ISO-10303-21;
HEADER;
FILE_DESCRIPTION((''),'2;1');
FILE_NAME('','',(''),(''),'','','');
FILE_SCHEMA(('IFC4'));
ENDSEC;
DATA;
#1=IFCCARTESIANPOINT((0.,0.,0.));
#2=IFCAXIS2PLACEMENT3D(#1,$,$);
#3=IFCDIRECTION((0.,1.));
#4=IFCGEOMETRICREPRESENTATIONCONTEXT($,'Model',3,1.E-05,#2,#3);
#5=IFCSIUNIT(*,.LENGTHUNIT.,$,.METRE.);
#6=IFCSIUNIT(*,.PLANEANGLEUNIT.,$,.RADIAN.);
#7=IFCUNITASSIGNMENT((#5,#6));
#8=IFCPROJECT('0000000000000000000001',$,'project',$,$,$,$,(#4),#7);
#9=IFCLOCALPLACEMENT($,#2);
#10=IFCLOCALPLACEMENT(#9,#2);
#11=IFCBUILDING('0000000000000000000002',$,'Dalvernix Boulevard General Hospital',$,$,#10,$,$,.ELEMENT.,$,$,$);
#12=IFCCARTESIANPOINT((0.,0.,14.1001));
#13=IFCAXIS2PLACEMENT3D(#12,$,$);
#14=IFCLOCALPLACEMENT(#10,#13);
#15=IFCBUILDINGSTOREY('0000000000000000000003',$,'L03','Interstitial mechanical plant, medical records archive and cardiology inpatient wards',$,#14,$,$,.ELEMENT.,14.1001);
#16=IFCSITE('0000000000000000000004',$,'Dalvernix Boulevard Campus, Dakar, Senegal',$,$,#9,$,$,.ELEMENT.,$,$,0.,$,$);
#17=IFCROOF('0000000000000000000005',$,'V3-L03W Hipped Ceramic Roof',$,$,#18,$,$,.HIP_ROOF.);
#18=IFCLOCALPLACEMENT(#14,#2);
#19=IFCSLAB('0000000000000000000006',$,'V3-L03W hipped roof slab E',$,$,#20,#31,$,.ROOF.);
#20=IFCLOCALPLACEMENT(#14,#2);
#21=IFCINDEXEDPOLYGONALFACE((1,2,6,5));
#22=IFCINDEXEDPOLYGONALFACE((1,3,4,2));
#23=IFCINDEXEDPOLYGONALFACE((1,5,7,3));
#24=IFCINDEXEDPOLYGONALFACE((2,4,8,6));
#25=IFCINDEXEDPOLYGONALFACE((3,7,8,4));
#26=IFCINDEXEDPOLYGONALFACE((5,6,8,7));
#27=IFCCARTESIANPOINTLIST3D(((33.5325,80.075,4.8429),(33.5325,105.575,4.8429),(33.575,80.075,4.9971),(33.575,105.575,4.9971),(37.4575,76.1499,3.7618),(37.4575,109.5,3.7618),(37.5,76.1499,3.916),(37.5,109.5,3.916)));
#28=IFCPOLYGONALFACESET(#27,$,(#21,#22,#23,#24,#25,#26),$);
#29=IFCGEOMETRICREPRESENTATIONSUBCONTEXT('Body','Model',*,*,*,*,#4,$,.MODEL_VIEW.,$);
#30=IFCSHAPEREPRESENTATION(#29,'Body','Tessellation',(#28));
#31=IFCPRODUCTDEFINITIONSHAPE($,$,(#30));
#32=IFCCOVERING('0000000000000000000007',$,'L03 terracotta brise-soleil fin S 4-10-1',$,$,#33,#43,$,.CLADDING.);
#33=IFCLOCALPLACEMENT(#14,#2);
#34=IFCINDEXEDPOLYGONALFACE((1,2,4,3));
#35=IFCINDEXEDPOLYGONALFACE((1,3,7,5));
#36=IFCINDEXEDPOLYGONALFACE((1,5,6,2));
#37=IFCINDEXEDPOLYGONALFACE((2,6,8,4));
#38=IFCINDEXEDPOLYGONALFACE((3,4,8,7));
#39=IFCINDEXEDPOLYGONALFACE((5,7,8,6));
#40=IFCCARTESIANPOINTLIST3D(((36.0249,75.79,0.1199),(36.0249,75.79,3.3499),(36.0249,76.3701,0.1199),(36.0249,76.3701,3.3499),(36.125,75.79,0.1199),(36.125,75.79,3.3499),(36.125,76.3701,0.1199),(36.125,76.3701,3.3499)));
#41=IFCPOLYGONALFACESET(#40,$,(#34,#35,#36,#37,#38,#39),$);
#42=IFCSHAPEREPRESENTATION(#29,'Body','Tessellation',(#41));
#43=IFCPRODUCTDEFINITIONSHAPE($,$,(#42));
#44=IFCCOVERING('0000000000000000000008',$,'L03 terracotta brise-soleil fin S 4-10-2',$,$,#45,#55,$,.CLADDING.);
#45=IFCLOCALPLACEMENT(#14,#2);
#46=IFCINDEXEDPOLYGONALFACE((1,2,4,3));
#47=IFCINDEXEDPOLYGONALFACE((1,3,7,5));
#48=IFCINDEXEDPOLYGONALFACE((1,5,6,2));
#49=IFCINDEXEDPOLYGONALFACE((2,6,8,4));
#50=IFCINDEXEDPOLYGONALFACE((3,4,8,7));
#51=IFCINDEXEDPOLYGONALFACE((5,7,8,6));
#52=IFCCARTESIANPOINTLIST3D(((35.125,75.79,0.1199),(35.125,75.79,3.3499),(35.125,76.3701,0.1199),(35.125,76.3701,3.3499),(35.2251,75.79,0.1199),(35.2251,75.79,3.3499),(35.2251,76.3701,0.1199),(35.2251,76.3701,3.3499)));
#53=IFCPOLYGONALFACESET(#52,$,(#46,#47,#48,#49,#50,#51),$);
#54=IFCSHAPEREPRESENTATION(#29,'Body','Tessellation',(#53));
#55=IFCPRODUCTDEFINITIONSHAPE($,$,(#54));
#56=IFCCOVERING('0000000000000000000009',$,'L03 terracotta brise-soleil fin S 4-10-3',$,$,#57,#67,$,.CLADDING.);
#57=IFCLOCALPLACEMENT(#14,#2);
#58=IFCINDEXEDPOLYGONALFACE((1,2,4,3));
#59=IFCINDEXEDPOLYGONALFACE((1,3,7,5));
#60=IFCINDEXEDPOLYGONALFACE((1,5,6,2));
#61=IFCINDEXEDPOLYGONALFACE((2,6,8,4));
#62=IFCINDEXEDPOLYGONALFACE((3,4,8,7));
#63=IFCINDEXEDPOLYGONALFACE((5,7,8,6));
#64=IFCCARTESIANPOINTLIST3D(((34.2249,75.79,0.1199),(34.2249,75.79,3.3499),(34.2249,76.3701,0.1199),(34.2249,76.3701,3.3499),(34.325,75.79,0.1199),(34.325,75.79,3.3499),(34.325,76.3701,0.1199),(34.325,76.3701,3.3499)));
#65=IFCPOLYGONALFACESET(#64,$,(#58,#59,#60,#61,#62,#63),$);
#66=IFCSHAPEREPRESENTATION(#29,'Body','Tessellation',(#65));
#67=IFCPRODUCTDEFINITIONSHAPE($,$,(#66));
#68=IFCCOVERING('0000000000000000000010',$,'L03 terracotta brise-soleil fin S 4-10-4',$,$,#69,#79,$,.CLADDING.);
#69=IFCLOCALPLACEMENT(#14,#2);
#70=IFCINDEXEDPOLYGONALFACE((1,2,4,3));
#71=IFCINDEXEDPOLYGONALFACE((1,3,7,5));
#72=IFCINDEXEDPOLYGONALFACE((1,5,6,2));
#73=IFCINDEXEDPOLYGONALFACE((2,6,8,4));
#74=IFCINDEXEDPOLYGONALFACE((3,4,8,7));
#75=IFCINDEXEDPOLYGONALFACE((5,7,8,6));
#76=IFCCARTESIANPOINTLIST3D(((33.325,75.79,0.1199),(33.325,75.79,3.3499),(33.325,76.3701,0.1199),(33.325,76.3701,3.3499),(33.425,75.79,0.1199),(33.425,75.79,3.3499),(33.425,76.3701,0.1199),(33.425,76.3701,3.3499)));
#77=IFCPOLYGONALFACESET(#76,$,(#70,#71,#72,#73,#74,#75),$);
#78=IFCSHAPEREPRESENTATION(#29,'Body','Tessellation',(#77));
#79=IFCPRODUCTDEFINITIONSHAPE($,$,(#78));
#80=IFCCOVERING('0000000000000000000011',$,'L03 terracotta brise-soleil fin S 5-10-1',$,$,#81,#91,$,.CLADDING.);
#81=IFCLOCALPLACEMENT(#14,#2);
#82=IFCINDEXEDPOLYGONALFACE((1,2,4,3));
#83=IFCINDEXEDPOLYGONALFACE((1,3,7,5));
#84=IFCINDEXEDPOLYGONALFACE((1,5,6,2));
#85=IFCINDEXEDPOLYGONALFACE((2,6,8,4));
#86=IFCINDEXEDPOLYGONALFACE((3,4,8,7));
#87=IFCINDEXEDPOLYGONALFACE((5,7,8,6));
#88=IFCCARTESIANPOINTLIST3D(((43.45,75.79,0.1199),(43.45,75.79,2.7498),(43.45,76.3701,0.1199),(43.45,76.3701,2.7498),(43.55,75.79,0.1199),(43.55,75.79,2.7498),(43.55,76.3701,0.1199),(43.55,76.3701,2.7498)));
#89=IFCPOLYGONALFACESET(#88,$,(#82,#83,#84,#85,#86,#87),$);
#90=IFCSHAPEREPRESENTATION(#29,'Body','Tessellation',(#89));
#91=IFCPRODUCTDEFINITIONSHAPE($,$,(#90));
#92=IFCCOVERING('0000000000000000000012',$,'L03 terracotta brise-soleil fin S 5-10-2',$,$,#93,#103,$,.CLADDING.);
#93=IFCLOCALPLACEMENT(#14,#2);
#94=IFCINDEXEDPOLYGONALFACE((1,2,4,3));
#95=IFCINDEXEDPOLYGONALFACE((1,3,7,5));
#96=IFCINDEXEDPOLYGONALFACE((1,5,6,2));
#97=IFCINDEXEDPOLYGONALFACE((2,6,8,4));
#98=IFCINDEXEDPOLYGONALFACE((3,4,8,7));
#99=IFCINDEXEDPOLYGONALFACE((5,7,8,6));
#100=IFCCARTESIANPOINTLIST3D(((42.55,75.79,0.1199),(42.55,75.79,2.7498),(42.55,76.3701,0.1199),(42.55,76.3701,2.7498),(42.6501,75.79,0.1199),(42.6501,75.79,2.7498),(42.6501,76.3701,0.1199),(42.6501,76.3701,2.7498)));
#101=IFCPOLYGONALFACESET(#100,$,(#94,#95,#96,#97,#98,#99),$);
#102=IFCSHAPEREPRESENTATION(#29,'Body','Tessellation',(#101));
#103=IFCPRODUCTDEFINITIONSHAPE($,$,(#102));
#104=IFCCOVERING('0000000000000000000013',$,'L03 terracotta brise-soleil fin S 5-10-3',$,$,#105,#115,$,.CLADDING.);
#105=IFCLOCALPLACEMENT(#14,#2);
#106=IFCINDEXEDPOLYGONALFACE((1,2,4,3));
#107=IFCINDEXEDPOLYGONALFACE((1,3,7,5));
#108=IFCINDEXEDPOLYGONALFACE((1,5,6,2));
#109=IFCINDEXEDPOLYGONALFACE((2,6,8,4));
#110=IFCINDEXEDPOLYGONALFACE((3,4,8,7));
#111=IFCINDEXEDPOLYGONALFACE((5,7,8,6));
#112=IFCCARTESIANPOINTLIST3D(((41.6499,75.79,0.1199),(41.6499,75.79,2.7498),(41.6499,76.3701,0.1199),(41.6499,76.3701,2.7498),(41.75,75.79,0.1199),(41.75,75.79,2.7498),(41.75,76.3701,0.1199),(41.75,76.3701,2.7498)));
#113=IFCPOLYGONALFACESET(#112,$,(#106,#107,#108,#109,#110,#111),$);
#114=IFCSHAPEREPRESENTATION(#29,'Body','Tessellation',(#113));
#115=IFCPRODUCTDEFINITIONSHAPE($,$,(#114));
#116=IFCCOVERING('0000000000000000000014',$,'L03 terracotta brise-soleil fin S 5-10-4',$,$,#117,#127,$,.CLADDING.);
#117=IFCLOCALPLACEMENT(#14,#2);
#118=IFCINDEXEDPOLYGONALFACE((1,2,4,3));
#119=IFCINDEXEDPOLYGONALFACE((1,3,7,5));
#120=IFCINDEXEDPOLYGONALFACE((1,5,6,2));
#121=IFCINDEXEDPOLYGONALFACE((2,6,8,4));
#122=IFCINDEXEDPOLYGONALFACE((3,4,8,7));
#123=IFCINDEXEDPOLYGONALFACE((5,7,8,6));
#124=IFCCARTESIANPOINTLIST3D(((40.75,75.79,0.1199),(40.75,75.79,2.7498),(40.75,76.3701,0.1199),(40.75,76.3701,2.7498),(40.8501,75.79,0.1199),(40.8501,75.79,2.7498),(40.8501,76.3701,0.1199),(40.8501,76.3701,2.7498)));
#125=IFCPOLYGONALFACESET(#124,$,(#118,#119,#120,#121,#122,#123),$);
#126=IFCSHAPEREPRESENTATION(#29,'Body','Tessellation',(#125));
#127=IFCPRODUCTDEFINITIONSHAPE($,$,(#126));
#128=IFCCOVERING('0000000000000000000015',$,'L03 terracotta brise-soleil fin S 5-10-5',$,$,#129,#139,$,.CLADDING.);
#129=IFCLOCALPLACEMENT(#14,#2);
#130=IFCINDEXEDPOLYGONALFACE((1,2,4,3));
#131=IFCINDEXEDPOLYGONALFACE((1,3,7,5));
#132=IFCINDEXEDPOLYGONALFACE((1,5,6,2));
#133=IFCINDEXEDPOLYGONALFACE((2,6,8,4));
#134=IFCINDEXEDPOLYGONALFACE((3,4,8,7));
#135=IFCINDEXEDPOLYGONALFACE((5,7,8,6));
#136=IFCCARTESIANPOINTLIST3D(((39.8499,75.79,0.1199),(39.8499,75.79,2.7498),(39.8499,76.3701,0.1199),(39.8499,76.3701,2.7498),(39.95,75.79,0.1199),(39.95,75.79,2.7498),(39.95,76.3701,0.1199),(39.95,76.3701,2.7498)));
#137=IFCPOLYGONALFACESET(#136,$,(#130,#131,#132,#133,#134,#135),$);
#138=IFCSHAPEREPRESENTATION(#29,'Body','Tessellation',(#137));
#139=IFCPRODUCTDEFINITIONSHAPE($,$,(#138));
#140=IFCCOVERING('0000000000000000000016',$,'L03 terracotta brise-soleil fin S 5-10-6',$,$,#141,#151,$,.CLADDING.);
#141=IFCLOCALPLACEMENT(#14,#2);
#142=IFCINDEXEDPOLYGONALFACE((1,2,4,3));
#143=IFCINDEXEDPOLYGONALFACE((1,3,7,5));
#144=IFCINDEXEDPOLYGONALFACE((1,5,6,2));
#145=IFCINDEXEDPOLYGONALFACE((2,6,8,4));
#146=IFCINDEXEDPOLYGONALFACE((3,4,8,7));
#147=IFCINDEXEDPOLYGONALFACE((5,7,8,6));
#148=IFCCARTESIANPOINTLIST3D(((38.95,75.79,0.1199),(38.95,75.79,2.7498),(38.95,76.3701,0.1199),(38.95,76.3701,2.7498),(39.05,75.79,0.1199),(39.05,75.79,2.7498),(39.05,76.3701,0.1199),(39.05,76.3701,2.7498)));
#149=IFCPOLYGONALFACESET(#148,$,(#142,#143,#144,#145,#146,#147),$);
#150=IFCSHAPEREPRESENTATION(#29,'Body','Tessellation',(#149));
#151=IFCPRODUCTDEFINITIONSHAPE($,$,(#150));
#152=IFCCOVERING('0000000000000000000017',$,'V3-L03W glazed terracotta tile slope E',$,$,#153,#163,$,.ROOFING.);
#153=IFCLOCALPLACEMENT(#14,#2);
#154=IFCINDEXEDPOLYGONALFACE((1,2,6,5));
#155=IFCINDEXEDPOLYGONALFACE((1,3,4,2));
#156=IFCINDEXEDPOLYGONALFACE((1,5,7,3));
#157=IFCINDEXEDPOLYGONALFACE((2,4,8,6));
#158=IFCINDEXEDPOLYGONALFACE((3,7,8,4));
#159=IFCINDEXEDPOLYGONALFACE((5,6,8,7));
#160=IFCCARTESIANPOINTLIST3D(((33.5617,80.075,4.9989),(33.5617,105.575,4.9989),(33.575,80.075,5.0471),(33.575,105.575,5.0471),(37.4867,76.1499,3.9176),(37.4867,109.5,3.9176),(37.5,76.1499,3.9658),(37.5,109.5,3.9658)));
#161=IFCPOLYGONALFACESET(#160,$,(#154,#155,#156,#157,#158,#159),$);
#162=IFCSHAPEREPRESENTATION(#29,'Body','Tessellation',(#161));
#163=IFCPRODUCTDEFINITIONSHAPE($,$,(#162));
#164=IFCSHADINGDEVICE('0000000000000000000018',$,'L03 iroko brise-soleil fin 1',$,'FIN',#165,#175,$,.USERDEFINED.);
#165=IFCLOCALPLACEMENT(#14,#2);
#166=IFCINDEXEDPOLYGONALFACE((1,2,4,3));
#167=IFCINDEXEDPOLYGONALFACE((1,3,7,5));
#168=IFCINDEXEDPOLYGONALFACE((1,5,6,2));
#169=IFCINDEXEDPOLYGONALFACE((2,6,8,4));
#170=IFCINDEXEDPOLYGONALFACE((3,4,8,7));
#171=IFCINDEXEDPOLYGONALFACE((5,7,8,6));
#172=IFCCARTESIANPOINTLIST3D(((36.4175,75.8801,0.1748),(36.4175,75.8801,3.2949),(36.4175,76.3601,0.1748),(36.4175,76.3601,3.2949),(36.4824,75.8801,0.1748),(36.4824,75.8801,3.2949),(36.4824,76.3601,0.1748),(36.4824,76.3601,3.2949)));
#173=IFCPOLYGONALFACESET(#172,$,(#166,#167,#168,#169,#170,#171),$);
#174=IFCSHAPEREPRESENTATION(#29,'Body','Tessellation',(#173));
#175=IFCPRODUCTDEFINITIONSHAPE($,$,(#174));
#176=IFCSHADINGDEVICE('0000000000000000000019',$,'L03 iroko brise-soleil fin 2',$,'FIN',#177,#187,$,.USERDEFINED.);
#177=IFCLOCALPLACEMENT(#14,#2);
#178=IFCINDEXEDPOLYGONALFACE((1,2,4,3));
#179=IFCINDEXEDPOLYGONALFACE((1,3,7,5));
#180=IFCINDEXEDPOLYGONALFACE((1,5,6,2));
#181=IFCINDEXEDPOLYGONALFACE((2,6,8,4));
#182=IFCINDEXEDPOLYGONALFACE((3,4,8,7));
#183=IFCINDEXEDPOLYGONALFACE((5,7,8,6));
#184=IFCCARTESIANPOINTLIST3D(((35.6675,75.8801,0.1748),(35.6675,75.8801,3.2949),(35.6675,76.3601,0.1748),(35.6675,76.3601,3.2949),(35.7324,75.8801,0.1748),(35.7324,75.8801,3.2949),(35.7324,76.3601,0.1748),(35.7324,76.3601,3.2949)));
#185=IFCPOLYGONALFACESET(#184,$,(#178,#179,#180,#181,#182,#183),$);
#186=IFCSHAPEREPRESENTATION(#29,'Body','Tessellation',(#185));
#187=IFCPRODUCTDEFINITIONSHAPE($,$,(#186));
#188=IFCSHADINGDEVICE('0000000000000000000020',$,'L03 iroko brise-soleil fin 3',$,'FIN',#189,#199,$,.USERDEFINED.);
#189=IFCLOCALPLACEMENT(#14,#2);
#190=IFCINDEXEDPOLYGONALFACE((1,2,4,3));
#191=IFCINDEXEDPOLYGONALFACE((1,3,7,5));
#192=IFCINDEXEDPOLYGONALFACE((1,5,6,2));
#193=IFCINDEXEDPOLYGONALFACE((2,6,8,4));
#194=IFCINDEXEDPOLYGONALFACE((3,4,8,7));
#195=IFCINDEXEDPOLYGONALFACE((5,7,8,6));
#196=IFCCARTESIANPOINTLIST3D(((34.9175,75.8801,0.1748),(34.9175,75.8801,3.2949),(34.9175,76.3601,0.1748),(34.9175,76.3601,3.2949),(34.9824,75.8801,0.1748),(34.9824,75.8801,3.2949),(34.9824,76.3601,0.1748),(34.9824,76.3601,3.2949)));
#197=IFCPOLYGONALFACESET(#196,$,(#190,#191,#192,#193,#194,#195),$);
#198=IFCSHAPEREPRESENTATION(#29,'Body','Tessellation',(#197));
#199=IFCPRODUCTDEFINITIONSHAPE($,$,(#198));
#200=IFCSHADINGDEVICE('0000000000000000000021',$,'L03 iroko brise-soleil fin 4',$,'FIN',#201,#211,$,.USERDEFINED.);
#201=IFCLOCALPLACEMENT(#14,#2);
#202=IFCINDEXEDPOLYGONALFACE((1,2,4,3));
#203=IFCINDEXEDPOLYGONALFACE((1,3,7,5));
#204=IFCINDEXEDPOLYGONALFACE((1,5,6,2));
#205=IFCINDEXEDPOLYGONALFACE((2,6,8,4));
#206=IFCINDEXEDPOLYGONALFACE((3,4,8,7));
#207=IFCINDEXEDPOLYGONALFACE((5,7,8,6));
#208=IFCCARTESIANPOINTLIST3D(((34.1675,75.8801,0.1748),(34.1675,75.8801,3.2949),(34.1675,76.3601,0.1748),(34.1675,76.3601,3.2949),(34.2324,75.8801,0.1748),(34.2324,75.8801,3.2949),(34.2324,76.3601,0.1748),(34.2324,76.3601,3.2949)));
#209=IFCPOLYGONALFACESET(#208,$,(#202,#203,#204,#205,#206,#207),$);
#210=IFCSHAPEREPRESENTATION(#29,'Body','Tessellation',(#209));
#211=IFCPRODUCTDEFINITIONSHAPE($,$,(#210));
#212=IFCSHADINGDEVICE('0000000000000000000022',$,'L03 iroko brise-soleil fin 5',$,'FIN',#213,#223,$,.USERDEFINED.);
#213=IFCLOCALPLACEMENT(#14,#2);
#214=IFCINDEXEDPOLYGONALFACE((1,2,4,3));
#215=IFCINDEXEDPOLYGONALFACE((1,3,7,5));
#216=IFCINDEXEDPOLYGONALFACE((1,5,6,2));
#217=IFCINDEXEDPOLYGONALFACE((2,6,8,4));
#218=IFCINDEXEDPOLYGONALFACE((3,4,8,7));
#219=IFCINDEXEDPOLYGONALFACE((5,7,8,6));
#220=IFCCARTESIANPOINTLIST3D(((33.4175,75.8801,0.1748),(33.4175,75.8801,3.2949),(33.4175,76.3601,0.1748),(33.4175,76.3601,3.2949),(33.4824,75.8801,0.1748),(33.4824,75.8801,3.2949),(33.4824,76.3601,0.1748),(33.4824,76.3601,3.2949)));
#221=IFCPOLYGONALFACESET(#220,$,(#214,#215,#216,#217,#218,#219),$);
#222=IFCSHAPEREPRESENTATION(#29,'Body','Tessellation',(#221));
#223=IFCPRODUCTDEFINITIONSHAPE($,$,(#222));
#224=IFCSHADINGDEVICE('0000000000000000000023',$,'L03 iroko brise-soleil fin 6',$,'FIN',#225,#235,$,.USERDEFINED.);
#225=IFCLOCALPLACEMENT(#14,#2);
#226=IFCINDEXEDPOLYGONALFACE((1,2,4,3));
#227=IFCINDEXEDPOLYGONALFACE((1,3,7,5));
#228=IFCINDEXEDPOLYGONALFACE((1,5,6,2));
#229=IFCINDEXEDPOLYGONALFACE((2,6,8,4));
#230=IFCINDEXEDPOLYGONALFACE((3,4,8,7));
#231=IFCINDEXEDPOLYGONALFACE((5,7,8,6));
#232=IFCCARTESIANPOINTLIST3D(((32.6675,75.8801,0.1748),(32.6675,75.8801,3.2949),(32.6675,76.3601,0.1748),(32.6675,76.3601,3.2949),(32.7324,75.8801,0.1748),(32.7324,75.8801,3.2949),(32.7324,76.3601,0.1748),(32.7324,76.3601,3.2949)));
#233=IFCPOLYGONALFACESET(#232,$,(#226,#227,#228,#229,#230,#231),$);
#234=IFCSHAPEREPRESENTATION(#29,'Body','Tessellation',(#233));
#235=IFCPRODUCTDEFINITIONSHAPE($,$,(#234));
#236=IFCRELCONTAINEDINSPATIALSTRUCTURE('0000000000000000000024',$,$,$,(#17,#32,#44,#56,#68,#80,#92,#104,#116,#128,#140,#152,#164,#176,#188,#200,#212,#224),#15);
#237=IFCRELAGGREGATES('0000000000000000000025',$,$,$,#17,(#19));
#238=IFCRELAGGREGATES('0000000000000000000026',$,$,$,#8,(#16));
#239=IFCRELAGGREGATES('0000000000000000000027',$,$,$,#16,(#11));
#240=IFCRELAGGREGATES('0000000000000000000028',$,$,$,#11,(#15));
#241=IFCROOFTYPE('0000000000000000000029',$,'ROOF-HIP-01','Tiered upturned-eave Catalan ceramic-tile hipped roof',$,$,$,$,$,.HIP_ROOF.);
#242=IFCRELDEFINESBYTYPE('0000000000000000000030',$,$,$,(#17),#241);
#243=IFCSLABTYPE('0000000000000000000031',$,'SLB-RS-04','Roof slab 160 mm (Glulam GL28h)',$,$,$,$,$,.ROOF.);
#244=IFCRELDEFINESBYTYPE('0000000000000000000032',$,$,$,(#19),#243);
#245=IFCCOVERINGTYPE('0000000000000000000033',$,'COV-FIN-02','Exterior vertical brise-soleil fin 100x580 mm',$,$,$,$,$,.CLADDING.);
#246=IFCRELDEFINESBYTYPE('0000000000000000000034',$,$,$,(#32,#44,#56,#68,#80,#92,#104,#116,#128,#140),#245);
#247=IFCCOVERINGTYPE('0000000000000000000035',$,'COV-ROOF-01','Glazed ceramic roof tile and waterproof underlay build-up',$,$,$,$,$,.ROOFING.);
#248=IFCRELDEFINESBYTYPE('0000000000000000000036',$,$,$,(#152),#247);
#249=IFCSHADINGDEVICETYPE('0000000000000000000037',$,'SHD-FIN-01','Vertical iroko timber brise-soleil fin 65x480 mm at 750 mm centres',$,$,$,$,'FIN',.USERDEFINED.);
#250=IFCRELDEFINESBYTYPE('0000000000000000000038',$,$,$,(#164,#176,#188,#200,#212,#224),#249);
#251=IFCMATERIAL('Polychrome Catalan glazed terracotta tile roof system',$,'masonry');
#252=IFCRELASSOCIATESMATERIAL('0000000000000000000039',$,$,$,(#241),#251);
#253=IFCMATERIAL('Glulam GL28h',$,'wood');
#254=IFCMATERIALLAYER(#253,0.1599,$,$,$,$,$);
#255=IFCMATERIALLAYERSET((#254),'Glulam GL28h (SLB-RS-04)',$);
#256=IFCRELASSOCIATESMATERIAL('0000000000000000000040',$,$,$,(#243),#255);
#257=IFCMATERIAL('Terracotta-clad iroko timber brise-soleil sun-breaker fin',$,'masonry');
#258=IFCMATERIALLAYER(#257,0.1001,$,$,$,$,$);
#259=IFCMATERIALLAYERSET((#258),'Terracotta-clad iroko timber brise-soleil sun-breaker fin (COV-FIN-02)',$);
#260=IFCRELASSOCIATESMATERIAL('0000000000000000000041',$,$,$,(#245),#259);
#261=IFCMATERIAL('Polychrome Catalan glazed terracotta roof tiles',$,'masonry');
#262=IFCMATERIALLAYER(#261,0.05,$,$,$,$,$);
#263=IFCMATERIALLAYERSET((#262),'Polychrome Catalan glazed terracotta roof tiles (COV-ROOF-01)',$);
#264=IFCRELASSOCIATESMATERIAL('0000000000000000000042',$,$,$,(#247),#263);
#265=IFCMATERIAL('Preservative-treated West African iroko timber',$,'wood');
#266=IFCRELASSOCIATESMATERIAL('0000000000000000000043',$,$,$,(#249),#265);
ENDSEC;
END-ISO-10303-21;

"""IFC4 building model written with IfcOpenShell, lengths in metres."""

from ifc_helpers import new_model, si_unit, direction, frame, origin, origin_2d, place, context, subcontext, project, spatial, polyline, rectangle, outline, extrude, material, layer, layer_set, type_object, element, aggregate, save


model = new_model("IFC4")

# Units and contexts
model_context = context("Model", 3, precision=1e-05, world=origin(), true_north=direction((0.0, 1.0)))
body_context = subcontext(model_context, "Body", "Model", "MODEL_VIEW")
ifc_project = project(units=[si_unit("LENGTHUNIT", "METRE"), si_unit("PLANEANGLEUNIT", "RADIAN")], contexts=[model_context])

# Site, building, storey
site_placement = place(None, origin())
site = spatial("IfcSite", under=ifc_project, at=site_placement, Name="Dalvernix Boulevard Campus, Dakar, Senegal", CompositionType="ELEMENT", RefElevation=0.0)
building_placement = place(site_placement, origin())
building = spatial("IfcBuilding", under=site, at=building_placement, Name="Dalvernix Boulevard General Hospital", CompositionType="ELEMENT")
storey_placement = place(building_placement, frame((0.0, 0.0, 14.1001)))
storey = spatial("IfcBuildingStorey", under=building, at=storey_placement, Name="L03", Description="Interstitial mechanical plant, medical records archive and cardiology inpatient wards", CompositionType="ELEMENT", Elevation=14.1001)

# Roof, slab
ifc_material_1 = material(Name="Polychrome Catalan glazed terracotta tile roof system", Category="masonry")
roof_type = type_object("IfcRoofType", Name="ROOF-HIP-01", Description="Tiered upturned-eave Catalan ceramic-tile hipped roof", PredefinedType="HIP_ROOF", material=ifc_material_1)
roof_placement = place(storey_placement, origin())
roof = element("IfcRoof", 1, at=roof_placement, inside=storey, type_object=roof_type, Name="V3-L03W Hipped Ceramic Roof", PredefinedType="HIP_ROOF")
ifc_material_2 = material(Name="Glulam GL28h", Category="wood")
ifc_layer_1 = layer(ifc_material_2, 0.1599)
ifc_layer_set_1 = layer_set([ifc_layer_1], Name="Glulam GL28h (SLB-RS-04)")
slab_type = type_object("IfcSlabType", Name="SLB-RS-04", Description="Roof slab 160 mm (Glulam GL28h)", PredefinedType="ROOF", material=ifc_layer_set_1)
slab_placement = place(storey_placement, frame((37.5, 76.1499, 3.916), z_axis=(0.265537, 0.0, 0.964101), x_axis=(0.0, 1.0, 0.0)))
slab = element("IfcSlab", 2, at=slab_placement, type_object=slab_type, Name="V3-L03W hipped roof slab E", PredefinedType="ROOF", context=body_context, shape_type="SweptSolid", body=[
    extrude(outline(polyline([(0.0, 0.0), (33.3501, 0.0), (29.425, 4.0712), (3.925, 4.0712), (0.0, 0.0)])), origin(), (0.0, 0.0, -1.0), 0.1599),
])
aggregate(roof, [slab])

# Coverings
ifc_material_3 = material(Name="Terracotta-clad iroko timber brise-soleil sun-breaker fin", Category="masonry")
ifc_layer_2 = layer(ifc_material_3, 0.1001)
ifc_layer_set_2 = layer_set([ifc_layer_2], Name="Terracotta-clad iroko timber brise-soleil sun-breaker fin (COV-FIN-02)")
covering_type_1 = type_object("IfcCoveringType", Name="COV-FIN-02", Description="Exterior vertical brise-soleil fin 100x580 mm", PredefinedType="CLADDING", material=ifc_layer_set_2)
for number, where, z_axis, x_axis, name in (
    (3, (36.075, 76.0801, 0.1199), (0.0, 0.0, 1.0), (-1.0, 0.0, 0.0), "L03 terracotta brise-soleil fin S 4-10-1"),
    (4, (35.175, 76.0801, 0.1199), (0.0, 0.0, 1.0), (-1.0, 0.0, 0.0), "L03 terracotta brise-soleil fin S 4-10-2"),
    (5, (34.2749, 76.0801, 0.1199), (0.0, 0.0, 1.0), (-1.0, 0.0, 0.0), "L03 terracotta brise-soleil fin S 4-10-3"),
    (6, (33.375, 76.0801, 0.1199), (0.0, 0.0, 1.0), (-1.0, 0.0, 0.0), "L03 terracotta brise-soleil fin S 4-10-4"),
):
    element("IfcCovering", number, at=place(storey_placement, frame(where, z_axis=z_axis, x_axis=x_axis)), inside=storey, type_object=covering_type_1, Name=name, PredefinedType="CLADDING", context=body_context, shape_type="SweptSolid", body=[
        extrude(rectangle(XDim=0.1001, YDim=0.5801, at=origin_2d()), origin(), (0.0, 0.0, 1.0), 3.23),
    ])
for number, where, z_axis, x_axis, name in (
    (7, (43.5, 76.0801, 0.1199), (0.0, 0.0, 1.0), (-1.0, 0.0, 0.0), "L03 terracotta brise-soleil fin S 5-10-1"),
    (8, (42.6001, 76.0801, 0.1199), (0.0, 0.0, 1.0), (-1.0, 0.0, 0.0), "L03 terracotta brise-soleil fin S 5-10-2"),
    (9, (41.7, 76.0801, 0.1199), (0.0, 0.0, 1.0), (-1.0, 0.0, 0.0), "L03 terracotta brise-soleil fin S 5-10-3"),
    (10, (40.8, 76.0801, 0.1199), (0.0, 0.0, 1.0), (-1.0, 0.0, 0.0), "L03 terracotta brise-soleil fin S 5-10-4"),
    (11, (39.8999, 76.0801, 0.1199), (0.0, 0.0, 1.0), (-1.0, 0.0, 0.0), "L03 terracotta brise-soleil fin S 5-10-5"),
    (12, (39.0, 76.0801, 0.1199), (0.0, 0.0, 1.0), (-1.0, 0.0, 0.0), "L03 terracotta brise-soleil fin S 5-10-6"),
):
    element("IfcCovering", number, at=place(storey_placement, frame(where, z_axis=z_axis, x_axis=x_axis)), inside=storey, type_object=covering_type_1, Name=name, PredefinedType="CLADDING", context=body_context, shape_type="SweptSolid", body=[
        extrude(rectangle(XDim=0.1001, YDim=0.5801, at=origin_2d()), origin(), (0.0, 0.0, 1.0), 2.6299),
    ])
ifc_material_4 = material(Name="Polychrome Catalan glazed terracotta roof tiles", Category="masonry")
ifc_layer_3 = layer(ifc_material_4, 0.05)
ifc_layer_set_3 = layer_set([ifc_layer_3], Name="Polychrome Catalan glazed terracotta roof tiles (COV-ROOF-01)")
covering_type_2 = type_object("IfcCoveringType", Name="COV-ROOF-01", Description="Glazed ceramic roof tile and waterproof underlay build-up", PredefinedType="ROOFING", material=ifc_layer_set_3)
covering_placement = place(storey_placement, frame((37.5, 76.1499, 3.9658), z_axis=(0.265593, 0.0, 0.964085), x_axis=(0.0, 1.0, 0.0)))
element("IfcCovering", 13, at=covering_placement, inside=storey, type_object=covering_type_2, Name="V3-L03W glazed terracotta tile slope E", PredefinedType="ROOFING", context=body_context, shape_type="SweptSolid", body=[
    extrude(outline(polyline([(0.0, 0.0), (33.3501, 0.0), (29.425, 4.0713), (3.925, 4.0713), (0.0, 0.0)])), origin(), (0.0, 0.0, -1.0), 0.05),
])

# Shading devices
ifc_material_5 = material(Name="Preservative-treated West African iroko timber", Category="wood")
shading_device_type = type_object("IfcShadingDeviceType", Name="SHD-FIN-01", Description="Vertical iroko timber brise-soleil fin 65x480 mm at 750 mm centres", ElementType="FIN", PredefinedType="USERDEFINED", material=ifc_material_5)
for number, where, z_axis, x_axis, name in (
    (14, (36.45, 76.1201, 0.1748), (0.0, 0.0, 1.0), (-1.0, 0.0, 0.0), "L03 iroko brise-soleil fin 1"),
    (15, (35.7, 76.1201, 0.1748), (0.0, 0.0, 1.0), (-1.0, 0.0, 0.0), "L03 iroko brise-soleil fin 2"),
    (16, (34.95, 76.1201, 0.1748), (0.0, 0.0, 1.0), (-1.0, 0.0, 0.0), "L03 iroko brise-soleil fin 3"),
    (17, (34.2, 76.1201, 0.1748), (0.0, 0.0, 1.0), (-1.0, 0.0, 0.0), "L03 iroko brise-soleil fin 4"),
    (18, (33.45, 76.1201, 0.1748), (0.0, 0.0, 1.0), (-1.0, 0.0, 0.0), "L03 iroko brise-soleil fin 5"),
    (19, (32.7, 76.1201, 0.1748), (0.0, 0.0, 1.0), (-1.0, 0.0, 0.0), "L03 iroko brise-soleil fin 6"),
):
    element("IfcShadingDevice", number, at=place(storey_placement, frame(where, z_axis=z_axis, x_axis=x_axis)), inside=storey, type_object=shading_device_type, Name=name, ObjectType="FIN", PredefinedType="USERDEFINED", context=body_context, shape_type="SweptSolid", body=[
        extrude(rectangle(XDim=0.0649, YDim=0.48, at=origin_2d()), origin(), (0.0, 0.0, 1.0), 3.1201),
    ])

save(model, "model.ifc")
